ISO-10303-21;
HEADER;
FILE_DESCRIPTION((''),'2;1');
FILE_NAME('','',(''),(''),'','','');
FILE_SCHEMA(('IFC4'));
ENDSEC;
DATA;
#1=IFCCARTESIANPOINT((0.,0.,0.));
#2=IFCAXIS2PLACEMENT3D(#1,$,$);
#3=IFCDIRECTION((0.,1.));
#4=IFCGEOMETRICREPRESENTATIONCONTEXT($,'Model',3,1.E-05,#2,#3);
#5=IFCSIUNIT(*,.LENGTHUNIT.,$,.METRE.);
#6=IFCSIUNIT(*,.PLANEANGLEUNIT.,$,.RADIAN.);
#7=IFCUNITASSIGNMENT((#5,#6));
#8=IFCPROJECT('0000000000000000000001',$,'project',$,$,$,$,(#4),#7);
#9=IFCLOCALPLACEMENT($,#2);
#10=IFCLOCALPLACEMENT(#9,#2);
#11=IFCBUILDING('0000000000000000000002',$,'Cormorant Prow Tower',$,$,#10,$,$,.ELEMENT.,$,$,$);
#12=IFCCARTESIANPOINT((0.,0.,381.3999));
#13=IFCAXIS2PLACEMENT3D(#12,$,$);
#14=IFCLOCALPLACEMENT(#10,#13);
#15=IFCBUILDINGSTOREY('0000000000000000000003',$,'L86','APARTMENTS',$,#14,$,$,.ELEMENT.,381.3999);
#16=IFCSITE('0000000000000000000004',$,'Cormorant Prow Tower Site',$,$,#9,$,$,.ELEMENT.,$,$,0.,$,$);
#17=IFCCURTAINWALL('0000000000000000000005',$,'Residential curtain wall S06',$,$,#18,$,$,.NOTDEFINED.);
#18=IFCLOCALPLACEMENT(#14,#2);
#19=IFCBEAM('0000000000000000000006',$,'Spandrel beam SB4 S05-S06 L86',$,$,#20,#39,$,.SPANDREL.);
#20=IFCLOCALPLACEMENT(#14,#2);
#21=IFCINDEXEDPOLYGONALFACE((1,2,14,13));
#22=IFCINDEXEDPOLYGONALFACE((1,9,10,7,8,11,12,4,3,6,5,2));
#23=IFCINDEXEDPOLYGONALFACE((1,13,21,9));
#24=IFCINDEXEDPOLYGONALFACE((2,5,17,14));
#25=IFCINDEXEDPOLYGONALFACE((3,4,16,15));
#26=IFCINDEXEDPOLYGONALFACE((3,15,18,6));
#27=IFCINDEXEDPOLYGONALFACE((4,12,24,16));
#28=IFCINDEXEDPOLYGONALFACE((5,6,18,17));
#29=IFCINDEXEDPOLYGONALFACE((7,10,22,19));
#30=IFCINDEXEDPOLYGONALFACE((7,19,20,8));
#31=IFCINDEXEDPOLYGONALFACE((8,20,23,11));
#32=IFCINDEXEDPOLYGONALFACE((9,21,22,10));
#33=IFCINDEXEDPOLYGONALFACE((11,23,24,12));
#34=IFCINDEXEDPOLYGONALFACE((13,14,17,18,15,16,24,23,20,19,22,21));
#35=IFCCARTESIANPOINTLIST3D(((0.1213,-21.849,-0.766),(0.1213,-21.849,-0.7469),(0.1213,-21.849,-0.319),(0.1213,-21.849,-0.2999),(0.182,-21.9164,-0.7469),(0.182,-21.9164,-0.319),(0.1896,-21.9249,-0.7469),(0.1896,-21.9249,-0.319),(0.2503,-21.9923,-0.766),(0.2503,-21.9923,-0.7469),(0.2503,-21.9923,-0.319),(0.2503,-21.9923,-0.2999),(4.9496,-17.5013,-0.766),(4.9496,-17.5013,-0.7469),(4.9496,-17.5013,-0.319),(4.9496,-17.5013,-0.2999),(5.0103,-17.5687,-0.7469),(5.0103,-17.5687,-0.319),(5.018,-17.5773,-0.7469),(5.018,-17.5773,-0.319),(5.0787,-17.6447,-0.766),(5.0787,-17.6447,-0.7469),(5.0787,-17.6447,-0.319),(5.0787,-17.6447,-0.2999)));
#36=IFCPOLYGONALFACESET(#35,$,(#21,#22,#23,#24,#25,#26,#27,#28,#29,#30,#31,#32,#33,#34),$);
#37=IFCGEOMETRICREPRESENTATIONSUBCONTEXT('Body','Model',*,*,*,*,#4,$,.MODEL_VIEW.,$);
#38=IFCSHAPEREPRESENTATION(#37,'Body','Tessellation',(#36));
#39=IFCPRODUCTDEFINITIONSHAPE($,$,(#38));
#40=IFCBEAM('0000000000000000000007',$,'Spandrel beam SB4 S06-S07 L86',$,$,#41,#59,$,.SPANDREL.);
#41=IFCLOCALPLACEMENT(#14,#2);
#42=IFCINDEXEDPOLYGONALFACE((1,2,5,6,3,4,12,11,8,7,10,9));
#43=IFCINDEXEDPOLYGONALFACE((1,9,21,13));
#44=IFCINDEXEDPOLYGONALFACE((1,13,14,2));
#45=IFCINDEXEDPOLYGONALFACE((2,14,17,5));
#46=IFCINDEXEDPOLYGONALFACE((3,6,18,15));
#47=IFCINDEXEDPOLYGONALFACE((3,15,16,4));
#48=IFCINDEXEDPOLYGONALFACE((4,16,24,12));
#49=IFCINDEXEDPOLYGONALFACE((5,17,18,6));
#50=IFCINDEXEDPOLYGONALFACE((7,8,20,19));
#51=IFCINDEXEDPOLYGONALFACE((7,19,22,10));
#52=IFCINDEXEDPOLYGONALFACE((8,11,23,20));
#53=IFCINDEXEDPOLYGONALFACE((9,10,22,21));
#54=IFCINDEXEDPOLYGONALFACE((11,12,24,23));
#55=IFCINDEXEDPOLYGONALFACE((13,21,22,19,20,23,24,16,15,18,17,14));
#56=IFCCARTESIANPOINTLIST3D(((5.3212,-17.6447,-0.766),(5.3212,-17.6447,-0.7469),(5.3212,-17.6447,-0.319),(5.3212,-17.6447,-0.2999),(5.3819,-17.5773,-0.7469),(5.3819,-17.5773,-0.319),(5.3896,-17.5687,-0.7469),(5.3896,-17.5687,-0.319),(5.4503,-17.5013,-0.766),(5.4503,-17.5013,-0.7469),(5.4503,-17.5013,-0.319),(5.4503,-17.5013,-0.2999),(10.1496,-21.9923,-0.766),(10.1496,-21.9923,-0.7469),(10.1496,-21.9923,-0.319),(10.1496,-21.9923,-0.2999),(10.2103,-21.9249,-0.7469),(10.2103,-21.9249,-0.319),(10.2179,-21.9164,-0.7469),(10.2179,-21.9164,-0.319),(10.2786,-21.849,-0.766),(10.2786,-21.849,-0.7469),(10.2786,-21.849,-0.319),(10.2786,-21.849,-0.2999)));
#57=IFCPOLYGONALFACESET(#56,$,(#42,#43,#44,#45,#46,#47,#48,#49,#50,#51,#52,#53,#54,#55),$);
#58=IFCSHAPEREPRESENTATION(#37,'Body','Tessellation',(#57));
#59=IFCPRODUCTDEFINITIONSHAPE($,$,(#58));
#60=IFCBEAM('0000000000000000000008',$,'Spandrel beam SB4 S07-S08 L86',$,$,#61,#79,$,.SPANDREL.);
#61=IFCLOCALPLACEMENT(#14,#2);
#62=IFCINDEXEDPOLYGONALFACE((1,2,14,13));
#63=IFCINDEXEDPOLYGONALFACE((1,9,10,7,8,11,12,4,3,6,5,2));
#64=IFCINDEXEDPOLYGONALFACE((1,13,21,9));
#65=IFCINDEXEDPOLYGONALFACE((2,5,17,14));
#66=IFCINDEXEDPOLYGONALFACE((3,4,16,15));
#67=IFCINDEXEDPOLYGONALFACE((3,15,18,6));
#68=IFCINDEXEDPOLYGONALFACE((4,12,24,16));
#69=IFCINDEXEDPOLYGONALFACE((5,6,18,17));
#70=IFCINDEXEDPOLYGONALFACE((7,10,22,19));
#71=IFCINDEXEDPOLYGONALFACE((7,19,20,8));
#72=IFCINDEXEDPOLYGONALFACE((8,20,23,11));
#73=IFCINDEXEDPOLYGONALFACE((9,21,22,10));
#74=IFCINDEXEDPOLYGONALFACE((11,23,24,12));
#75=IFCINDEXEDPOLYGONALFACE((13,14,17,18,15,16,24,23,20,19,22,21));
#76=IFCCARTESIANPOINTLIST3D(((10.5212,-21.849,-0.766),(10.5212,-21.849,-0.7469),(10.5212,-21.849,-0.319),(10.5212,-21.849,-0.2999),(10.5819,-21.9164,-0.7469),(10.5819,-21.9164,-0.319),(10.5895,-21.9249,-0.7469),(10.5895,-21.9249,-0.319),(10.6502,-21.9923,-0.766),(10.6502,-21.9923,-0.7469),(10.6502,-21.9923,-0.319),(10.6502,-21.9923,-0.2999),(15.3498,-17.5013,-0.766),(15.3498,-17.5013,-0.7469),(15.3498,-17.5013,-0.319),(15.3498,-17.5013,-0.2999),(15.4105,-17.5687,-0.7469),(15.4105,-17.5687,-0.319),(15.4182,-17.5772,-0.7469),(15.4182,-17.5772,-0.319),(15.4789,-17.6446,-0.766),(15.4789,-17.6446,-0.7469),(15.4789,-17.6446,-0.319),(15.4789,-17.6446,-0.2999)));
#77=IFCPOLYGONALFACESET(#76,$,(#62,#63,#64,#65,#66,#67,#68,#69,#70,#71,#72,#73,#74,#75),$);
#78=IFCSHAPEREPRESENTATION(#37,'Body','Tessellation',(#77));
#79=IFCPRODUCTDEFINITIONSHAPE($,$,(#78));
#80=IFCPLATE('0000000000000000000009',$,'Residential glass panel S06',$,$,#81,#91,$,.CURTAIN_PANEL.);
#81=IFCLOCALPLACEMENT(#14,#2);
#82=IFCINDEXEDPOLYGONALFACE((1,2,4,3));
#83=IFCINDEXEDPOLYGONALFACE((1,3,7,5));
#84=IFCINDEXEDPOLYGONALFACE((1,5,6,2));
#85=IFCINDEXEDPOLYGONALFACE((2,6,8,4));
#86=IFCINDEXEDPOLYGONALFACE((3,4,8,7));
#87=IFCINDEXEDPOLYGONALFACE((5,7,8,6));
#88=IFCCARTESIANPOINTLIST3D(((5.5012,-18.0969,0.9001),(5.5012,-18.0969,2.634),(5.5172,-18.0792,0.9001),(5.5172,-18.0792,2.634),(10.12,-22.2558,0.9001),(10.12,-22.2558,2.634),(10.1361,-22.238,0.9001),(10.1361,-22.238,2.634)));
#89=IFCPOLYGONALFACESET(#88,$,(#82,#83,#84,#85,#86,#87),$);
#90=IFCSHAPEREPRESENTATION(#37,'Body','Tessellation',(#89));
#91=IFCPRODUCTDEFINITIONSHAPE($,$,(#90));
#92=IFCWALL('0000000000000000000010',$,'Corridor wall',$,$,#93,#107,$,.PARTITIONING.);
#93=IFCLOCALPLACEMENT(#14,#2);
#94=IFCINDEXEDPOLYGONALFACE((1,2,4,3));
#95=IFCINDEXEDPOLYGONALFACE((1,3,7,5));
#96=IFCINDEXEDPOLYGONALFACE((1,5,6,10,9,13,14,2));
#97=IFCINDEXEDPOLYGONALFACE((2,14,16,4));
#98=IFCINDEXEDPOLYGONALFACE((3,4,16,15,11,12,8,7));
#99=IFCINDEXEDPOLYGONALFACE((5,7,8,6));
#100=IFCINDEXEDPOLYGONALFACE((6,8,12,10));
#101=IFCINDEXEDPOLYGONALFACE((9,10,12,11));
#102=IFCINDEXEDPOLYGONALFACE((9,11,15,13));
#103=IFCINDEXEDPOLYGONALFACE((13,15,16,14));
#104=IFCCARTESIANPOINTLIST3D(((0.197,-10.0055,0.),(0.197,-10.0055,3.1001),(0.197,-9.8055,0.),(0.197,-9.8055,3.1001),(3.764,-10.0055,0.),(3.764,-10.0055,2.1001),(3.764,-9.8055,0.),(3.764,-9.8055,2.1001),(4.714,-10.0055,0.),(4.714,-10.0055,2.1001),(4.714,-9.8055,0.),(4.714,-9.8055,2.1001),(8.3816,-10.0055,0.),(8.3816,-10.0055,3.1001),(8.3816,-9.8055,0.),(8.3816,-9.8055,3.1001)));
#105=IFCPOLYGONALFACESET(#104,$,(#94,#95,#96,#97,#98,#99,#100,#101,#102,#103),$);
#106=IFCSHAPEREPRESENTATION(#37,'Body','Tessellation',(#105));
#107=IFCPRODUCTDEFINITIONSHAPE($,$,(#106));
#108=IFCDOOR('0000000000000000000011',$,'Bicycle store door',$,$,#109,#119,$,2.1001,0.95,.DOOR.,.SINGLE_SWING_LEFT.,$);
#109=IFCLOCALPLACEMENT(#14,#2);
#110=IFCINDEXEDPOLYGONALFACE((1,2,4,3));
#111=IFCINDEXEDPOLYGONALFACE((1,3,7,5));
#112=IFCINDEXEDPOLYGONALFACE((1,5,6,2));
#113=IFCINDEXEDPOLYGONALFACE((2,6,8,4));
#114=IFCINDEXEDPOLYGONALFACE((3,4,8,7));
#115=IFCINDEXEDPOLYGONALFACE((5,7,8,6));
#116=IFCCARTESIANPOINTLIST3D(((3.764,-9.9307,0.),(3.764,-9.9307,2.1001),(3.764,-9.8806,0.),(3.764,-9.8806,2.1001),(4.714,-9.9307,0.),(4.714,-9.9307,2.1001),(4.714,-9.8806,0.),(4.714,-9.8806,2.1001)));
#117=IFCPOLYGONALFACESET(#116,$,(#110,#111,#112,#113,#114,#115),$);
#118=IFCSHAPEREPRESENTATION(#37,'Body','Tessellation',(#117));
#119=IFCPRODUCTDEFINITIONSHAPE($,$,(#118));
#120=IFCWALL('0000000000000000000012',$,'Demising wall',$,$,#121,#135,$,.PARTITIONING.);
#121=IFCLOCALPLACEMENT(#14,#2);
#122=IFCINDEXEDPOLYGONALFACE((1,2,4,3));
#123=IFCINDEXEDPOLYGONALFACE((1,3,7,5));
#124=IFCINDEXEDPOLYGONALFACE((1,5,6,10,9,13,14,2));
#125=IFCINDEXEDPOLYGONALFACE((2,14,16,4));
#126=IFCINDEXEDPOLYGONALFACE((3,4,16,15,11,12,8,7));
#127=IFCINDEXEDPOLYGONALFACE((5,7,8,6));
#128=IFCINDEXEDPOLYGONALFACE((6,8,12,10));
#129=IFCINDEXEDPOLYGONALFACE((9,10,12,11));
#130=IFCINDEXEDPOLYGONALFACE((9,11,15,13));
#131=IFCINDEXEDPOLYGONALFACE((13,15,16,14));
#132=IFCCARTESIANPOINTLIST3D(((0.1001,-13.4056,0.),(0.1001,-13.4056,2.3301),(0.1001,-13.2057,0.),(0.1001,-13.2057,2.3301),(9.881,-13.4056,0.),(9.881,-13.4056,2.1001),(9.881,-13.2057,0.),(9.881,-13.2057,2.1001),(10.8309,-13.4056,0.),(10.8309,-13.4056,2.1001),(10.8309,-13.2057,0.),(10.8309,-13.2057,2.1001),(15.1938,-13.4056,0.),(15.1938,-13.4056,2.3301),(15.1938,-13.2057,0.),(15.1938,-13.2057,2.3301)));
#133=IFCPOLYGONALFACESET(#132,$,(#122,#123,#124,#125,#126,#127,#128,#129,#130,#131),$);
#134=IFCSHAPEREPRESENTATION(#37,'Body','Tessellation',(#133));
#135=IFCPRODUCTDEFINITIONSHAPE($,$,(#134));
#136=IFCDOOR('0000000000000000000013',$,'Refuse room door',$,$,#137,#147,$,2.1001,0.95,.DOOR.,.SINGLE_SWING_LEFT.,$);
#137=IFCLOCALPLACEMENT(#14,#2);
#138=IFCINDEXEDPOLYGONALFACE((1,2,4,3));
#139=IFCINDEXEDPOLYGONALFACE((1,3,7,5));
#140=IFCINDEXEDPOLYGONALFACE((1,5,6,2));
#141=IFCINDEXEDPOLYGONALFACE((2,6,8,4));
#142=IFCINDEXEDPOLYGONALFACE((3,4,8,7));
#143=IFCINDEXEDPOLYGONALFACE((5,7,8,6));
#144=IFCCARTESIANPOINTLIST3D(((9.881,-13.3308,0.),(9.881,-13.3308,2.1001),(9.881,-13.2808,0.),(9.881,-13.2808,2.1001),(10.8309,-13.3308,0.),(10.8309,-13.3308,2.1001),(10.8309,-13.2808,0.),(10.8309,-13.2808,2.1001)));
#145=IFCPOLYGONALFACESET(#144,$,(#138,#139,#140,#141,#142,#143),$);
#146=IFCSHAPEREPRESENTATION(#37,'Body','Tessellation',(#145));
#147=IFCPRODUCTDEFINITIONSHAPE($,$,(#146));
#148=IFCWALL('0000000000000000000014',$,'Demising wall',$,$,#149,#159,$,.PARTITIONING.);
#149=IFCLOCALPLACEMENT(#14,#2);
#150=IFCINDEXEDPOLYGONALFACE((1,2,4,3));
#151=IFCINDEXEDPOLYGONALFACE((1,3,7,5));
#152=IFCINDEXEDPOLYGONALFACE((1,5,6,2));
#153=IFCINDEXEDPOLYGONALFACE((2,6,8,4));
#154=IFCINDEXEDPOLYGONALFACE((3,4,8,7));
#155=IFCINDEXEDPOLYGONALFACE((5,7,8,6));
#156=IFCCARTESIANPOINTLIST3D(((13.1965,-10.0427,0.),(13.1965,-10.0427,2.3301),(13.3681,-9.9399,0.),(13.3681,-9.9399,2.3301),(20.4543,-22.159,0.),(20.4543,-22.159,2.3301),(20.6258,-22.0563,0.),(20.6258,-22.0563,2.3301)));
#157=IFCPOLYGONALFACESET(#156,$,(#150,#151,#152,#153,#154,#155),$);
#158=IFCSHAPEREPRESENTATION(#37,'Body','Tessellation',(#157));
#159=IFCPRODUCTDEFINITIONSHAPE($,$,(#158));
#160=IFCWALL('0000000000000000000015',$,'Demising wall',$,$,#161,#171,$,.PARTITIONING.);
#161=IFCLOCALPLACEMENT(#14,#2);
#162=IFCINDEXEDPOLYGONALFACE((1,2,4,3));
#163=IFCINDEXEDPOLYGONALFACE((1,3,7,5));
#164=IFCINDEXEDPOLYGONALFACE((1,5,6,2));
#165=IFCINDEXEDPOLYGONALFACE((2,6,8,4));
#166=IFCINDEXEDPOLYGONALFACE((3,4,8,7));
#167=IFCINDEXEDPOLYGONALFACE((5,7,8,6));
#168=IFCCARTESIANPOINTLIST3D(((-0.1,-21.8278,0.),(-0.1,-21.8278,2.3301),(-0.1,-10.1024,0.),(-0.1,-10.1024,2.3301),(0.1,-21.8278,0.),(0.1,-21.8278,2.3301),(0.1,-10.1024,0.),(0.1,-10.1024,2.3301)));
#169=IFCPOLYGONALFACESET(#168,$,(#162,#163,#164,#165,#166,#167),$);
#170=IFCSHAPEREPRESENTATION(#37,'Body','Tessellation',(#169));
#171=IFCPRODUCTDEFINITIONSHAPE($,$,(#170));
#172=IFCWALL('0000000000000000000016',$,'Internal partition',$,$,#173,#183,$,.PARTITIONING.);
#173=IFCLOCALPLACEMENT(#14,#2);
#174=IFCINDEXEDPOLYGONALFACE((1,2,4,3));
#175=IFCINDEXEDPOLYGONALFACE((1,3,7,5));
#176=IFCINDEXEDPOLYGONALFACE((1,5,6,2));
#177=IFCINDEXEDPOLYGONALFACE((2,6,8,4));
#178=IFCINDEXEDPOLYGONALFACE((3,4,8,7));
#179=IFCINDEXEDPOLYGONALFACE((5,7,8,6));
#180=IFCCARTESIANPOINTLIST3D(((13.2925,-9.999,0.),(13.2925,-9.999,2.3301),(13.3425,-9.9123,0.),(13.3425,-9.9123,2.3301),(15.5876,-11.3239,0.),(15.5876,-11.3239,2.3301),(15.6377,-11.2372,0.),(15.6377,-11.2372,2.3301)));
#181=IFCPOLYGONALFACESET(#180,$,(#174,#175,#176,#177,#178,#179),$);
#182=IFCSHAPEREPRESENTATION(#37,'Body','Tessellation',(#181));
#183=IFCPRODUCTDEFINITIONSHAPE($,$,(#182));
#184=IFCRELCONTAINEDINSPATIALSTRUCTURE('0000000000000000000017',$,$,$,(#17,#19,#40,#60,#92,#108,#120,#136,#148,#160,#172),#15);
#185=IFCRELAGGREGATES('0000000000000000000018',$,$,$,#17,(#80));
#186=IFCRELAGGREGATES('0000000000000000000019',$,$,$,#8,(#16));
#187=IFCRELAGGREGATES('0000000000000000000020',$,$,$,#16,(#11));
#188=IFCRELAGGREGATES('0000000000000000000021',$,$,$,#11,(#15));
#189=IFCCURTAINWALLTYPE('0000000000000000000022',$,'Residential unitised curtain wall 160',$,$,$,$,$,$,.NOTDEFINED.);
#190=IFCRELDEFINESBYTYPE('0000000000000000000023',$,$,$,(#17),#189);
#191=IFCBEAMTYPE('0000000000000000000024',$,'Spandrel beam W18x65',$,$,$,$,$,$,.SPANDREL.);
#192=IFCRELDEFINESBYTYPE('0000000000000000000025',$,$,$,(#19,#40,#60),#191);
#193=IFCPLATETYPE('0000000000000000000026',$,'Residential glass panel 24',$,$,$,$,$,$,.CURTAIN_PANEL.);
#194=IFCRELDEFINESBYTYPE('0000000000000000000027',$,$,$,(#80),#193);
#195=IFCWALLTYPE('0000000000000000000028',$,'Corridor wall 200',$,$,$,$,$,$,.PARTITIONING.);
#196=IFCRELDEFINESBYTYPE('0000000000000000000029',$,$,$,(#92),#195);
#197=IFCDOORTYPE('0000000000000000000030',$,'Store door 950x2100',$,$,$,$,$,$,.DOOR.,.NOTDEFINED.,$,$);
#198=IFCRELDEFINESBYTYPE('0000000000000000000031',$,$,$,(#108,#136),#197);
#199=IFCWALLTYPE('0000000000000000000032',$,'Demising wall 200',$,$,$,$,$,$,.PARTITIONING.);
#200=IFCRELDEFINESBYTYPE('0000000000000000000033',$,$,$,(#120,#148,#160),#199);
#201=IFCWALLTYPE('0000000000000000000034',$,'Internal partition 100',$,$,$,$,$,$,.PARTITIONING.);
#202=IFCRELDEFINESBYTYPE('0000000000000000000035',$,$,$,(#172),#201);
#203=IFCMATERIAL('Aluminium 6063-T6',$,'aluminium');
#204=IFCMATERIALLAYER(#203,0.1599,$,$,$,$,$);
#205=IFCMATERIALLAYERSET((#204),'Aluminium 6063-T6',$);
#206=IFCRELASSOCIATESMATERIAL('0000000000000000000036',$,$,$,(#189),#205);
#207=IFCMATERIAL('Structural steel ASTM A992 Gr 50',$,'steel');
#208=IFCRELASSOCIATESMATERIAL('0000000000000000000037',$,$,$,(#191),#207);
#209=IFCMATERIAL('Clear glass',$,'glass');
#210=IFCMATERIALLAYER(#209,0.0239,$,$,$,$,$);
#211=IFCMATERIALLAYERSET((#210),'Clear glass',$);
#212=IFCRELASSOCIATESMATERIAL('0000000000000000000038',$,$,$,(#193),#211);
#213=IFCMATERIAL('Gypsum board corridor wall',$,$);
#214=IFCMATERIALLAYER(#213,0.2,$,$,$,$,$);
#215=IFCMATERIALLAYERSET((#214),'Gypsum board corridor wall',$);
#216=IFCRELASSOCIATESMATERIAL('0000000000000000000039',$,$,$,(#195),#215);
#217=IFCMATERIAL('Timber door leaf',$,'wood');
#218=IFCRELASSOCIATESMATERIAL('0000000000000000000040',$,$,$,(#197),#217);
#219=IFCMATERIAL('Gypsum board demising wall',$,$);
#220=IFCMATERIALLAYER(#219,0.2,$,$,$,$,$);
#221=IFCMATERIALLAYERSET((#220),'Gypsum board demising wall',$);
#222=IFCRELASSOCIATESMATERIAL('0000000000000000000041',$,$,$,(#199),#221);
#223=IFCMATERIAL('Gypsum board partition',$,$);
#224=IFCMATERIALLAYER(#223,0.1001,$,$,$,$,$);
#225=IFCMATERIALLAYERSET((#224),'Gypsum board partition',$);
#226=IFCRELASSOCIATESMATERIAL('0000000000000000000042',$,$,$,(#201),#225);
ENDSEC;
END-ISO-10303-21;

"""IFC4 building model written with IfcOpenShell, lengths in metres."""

from ifc_helpers import new_model, si_unit, direction, frame, frame_2d, origin, origin_2d, place, context, subcontext, project, spatial, rectangle, i_section, extrude, material, layer, layer_set, material_profile, profile_set, type_object, element, fill, aggregate, save


model = new_model("IFC4")

# Units and contexts
model_context = context("Model", 3, precision=1e-05, world=origin(), true_north=direction((0.0, 1.0)))
body_context = subcontext(model_context, "Body", "Model", "MODEL_VIEW")
ifc_project = project(units=[si_unit("LENGTHUNIT", "METRE"), si_unit("PLANEANGLEUNIT", "RADIAN")], contexts=[model_context])

# Site, building, storey
site_placement = place(None, origin())
site = spatial("IfcSite", under=ifc_project, at=site_placement, Name="Cormorant Prow Tower Site", CompositionType="ELEMENT", RefElevation=0.0)
building_placement = place(site_placement, origin())
building = spatial("IfcBuilding", under=site, at=building_placement, Name="Cormorant Prow Tower", CompositionType="ELEMENT")
storey_placement = place(building_placement, frame((0.0, 0.0, 381.3999)))
storey = spatial("IfcBuildingStorey", under=building, at=storey_placement, Name="L86", Description="APARTMENTS", CompositionType="ELEMENT", Elevation=381.3999)

# Curtain wall
ifc_material_1 = material(Name="Aluminium 6063-T6", Category="aluminium")
ifc_layer_1 = layer(ifc_material_1, 0.1599)
ifc_layer_set_1 = layer_set([ifc_layer_1], Name="Aluminium 6063-T6")
curtain_wall_type = type_object("IfcCurtainWallType", Name="Residential unitised curtain wall 160", PredefinedType="NOTDEFINED", material=ifc_layer_set_1)
curtain_wall_placement = place(storey_placement, origin())
curtain_wall = element("IfcCurtainWall", 1, at=curtain_wall_placement, inside=storey, type_object=curtain_wall_type, Name="Residential curtain wall S06", PredefinedType="NOTDEFINED")

# Beams
ifc_material_2 = material(Name="Structural steel ASTM A992 Gr 50", Category="steel")
ifc_material_profile_1 = material_profile(ifc_material_2, i_section(OverallWidth=0.1929, OverallDepth=0.4661, WebThickness=0.0115, FlangeThickness=0.019, at=origin_2d()), Name="W18x65")
ifc_profile_set_1 = profile_set([ifc_material_profile_1], Name="Structural steel ASTM A992 Gr 50")
beam_type_1 = type_object("IfcBeamType", Name="Spandrel beam W18x65", PredefinedType="SPANDREL", material=ifc_profile_set_1)
for number, where, z_axis, x_axis, name in (
    (2, (0.1858, -21.9207, -0.533), (0.743132, 0.669145, 0.0), (-0.669145, 0.743132, 0.0), "Spandrel beam SB4 S05-S06 L86"),
    (3, (5.3857, -17.573, -0.533), (0.743132, -0.669145, 0.0), (0.669145, 0.743132, 0.0), "Spandrel beam SB4 S06-S07 L86"),
):
    element("IfcBeam", number, at=place(storey_placement, frame(where, z_axis=z_axis, x_axis=x_axis)), inside=storey, type_object=beam_type_1, Name=name, PredefinedType="SPANDREL", context=body_context, shape_type="SweptSolid", body=[
        extrude(i_section(OverallWidth=0.1929, OverallDepth=0.4661, WebThickness=0.0115, FlangeThickness=0.019, at=origin_2d()), origin(), (0.0, 0.0, 1.0), 6.4973),
    ])
beam_1_placement = place(storey_placement, frame((10.5857, -21.9207, -0.533), z_axis=(0.743148, 0.669127, 0.0), x_axis=(-0.669127, 0.743148, 0.0)))
element("IfcBeam", 4, at=beam_1_placement, inside=storey, type_object=beam_type_1, Name="Spandrel beam SB4 S07-S08 L86", PredefinedType="SPANDREL", context=body_context, shape_type="SweptSolid", body=[
    extrude(i_section(OverallWidth=0.1929, OverallDepth=0.4661, WebThickness=0.0115, FlangeThickness=0.019, at=origin_2d()), origin(), (0.0, 0.0, 1.0), 6.4976),
])

# Plate
ifc_material_3 = material(Name="Clear glass", Category="glass")
ifc_layer_2 = layer(ifc_material_3, 0.0239)
ifc_layer_set_2 = layer_set([ifc_layer_2], Name="Clear glass")
plate_type = type_object("IfcPlateType", Name="Residential glass panel 24", PredefinedType="CURTAIN_PANEL", material=ifc_layer_set_2)
plate_placement = place(storey_placement, frame((7.8186, -20.1675, 0.9001), z_axis=(0.0, 0.0, 1.0), x_axis=(0.743145, -0.669131, 0.0)))
plate = element("IfcPlate", 5, at=plate_placement, type_object=plate_type, Name="Residential glass panel S06", PredefinedType="CURTAIN_PANEL", context=body_context, shape_type="SweptSolid", body=[
    extrude(rectangle(XDim=6.2153, YDim=0.0239, at=origin_2d()), origin(), (0.0, 0.0, 1.0), 1.7339),
])
aggregate(curtain_wall, [plate])

# Walls, openings, doors
ifc_material_4 = material(Name="Gypsum board corridor wall")
ifc_layer_3 = layer(ifc_material_4, 0.2)
ifc_layer_set_3 = layer_set([ifc_layer_3], Name="Gypsum board corridor wall")
wall_type_1 = type_object("IfcWallType", Name="Corridor wall 200", PredefinedType="PARTITIONING", material=ifc_layer_set_3)
wall_1_placement = place(storey_placement, frame((0.197, -9.9055, 0.0), z_axis=(0.0, 0.0, 1.0), x_axis=(1.0, 0.0, 0.0)))
wall_1 = element("IfcWall", 6, at=wall_1_placement, inside=storey, type_object=wall_type_1, Name="Corridor wall", PredefinedType="PARTITIONING", context=body_context, shape_type="SweptSolid", body=[
    extrude(rectangle(XDim=8.1846, YDim=0.2, at=frame_2d((4.0923, 0.0))), origin(), (0.0, 0.0, 1.0), 3.1001),
])
opening_1_placement = place(wall_1_placement, frame((3.5669, 0.0, 0.0)))
opening_1 = element("IfcOpeningElement", 7, at=opening_1_placement, cuts=wall_1, PredefinedType="OPENING", context=body_context, shape_type="SweptSolid", body=[
    extrude(rectangle(XDim=0.95, YDim=2.1001, at=frame_2d((0.4751, 1.05))), frame((0.0, 0.1099, 0.0), z_axis=(0.0, -1.0, 0.0), x_axis=(1.0, 0.0, 0.0)), (0.0, 0.0, 1.0), 0.22),
])
ifc_material_5 = material(Name="Timber door leaf", Category="wood")
door_type_1 = type_object("IfcDoorType", Name="Store door 950x2100", OperationType="NOTDEFINED", PredefinedType="DOOR", material=ifc_material_5)
door_1_placement = place(opening_1_placement, origin())
door_1 = element("IfcDoor", 8, at=door_1_placement, inside=storey, type_object=door_type_1, Name="Bicycle store door", OperationType="SINGLE_SWING_LEFT", OverallHeight=2.1001, OverallWidth=0.95, PredefinedType="DOOR", context=body_context, shape_type="SweptSolid", body=[
    extrude(rectangle(XDim=0.95, YDim=2.1001, at=frame_2d((0.4751, 1.05))), frame((0.0, 0.0249, 0.0), z_axis=(0.0, -1.0, 0.0), x_axis=(1.0, 0.0, 0.0)), (0.0, 0.0, 1.0), 0.05),
])
fill(opening_1, door_1)
ifc_material_6 = material(Name="Gypsum board demising wall")
ifc_layer_4 = layer(ifc_material_6, 0.2)
ifc_layer_set_4 = layer_set([ifc_layer_4], Name="Gypsum board demising wall")
wall_type_2 = type_object("IfcWallType", Name="Demising wall 200", PredefinedType="PARTITIONING", material=ifc_layer_set_4)
wall_2_placement = place(storey_placement, frame((0.1001, -13.3057, 0.0), z_axis=(0.0, 0.0, 1.0), x_axis=(1.0, 0.0, 0.0)))
wall_2 = element("IfcWall", 9, at=wall_2_placement, inside=storey, type_object=wall_type_2, Name="Demising wall", PredefinedType="PARTITIONING", context=body_context, shape_type="SweptSolid", body=[
    extrude(rectangle(XDim=15.0938, YDim=0.2, at=frame_2d((7.5469, 0.0))), origin(), (0.0, 0.0, 1.0), 2.3301),
])
opening_2_placement = place(wall_2_placement, frame((9.7808, 0.0, 0.0)))
opening_2 = element("IfcOpeningElement", 10, at=opening_2_placement, cuts=wall_2, PredefinedType="OPENING", context=body_context, shape_type="SweptSolid", body=[
    extrude(rectangle(XDim=0.95, YDim=2.1001, at=frame_2d((0.4751, 1.05))), frame((0.0, 0.1099, 0.0), z_axis=(0.0, -1.0, 0.0), x_axis=(1.0, 0.0, 0.0)), (0.0, 0.0, 1.0), 0.22),
])
door_2_placement = place(opening_2_placement, origin())
door_2 = element("IfcDoor", 11, at=door_2_placement, inside=storey, type_object=door_type_1, Name="Refuse room door", OperationType="SINGLE_SWING_LEFT", OverallHeight=2.1001, OverallWidth=0.95, PredefinedType="DOOR", context=body_context, shape_type="SweptSolid", body=[
    extrude(rectangle(XDim=0.95, YDim=2.1001, at=frame_2d((0.4751, 1.05))), frame((0.0, 0.0249, 0.0), z_axis=(0.0, -1.0, 0.0), x_axis=(1.0, 0.0, 0.0)), (0.0, 0.0, 1.0), 0.05),
])
fill(opening_2, door_2)

# Walls
wall_3_placement = place(storey_placement, frame((13.2822, -9.9912, 0.0), z_axis=(0.0, 0.0, 1.0), x_axis=(0.513868, -0.857869, 0.0)))
element("IfcWall", 12, at=wall_3_placement, inside=storey, type_object=wall_type_2, Name="Demising wall", PredefinedType="PARTITIONING", context=body_context, shape_type="SweptSolid", body=[
    extrude(rectangle(XDim=14.1238, YDim=0.2, at=frame_2d((7.062, 0.0))), origin(), (0.0, 0.0, 1.0), 2.3301),
])
wall_4_placement = place(storey_placement, frame((0.0, -21.8279, 0.0), z_axis=(0.0, 0.0, 1.0), x_axis=(0.0, 1.0, 0.0)))
element("IfcWall", 13, at=wall_4_placement, inside=storey, type_object=wall_type_2, Name="Demising wall", PredefinedType="PARTITIONING", context=body_context, shape_type="SweptSolid", body=[
    extrude(rectangle(XDim=11.7253, YDim=0.2, at=frame_2d((5.8628, 0.0))), origin(), (0.0, 0.0, 1.0), 2.3301),
])
ifc_material_7 = material(Name="Gypsum board partition")
ifc_layer_5 = layer(ifc_material_7, 0.1001)
ifc_layer_set_5 = layer_set([ifc_layer_5], Name="Gypsum board partition")
wall_type_3 = type_object("IfcWallType", Name="Internal partition 100", PredefinedType="PARTITIONING", material=ifc_layer_set_5)
wall_5_placement = place(storey_placement, frame((13.3174, -9.9556, 0.0), z_axis=(0.0, 0.0, 1.0), x_axis=(0.866052, -0.499954, 0.0)))
element("IfcWall", 14, at=wall_5_placement, inside=storey, type_object=wall_type_3, Name="Internal partition", PredefinedType="PARTITIONING", context=body_context, shape_type="SweptSolid", body=[
    extrude(rectangle(XDim=2.6501, YDim=0.1001, at=frame_2d((1.3252, 0.0))), origin(), (0.0, 0.0, 1.0), 2.3301),
])

save(model, "model.ifc")
